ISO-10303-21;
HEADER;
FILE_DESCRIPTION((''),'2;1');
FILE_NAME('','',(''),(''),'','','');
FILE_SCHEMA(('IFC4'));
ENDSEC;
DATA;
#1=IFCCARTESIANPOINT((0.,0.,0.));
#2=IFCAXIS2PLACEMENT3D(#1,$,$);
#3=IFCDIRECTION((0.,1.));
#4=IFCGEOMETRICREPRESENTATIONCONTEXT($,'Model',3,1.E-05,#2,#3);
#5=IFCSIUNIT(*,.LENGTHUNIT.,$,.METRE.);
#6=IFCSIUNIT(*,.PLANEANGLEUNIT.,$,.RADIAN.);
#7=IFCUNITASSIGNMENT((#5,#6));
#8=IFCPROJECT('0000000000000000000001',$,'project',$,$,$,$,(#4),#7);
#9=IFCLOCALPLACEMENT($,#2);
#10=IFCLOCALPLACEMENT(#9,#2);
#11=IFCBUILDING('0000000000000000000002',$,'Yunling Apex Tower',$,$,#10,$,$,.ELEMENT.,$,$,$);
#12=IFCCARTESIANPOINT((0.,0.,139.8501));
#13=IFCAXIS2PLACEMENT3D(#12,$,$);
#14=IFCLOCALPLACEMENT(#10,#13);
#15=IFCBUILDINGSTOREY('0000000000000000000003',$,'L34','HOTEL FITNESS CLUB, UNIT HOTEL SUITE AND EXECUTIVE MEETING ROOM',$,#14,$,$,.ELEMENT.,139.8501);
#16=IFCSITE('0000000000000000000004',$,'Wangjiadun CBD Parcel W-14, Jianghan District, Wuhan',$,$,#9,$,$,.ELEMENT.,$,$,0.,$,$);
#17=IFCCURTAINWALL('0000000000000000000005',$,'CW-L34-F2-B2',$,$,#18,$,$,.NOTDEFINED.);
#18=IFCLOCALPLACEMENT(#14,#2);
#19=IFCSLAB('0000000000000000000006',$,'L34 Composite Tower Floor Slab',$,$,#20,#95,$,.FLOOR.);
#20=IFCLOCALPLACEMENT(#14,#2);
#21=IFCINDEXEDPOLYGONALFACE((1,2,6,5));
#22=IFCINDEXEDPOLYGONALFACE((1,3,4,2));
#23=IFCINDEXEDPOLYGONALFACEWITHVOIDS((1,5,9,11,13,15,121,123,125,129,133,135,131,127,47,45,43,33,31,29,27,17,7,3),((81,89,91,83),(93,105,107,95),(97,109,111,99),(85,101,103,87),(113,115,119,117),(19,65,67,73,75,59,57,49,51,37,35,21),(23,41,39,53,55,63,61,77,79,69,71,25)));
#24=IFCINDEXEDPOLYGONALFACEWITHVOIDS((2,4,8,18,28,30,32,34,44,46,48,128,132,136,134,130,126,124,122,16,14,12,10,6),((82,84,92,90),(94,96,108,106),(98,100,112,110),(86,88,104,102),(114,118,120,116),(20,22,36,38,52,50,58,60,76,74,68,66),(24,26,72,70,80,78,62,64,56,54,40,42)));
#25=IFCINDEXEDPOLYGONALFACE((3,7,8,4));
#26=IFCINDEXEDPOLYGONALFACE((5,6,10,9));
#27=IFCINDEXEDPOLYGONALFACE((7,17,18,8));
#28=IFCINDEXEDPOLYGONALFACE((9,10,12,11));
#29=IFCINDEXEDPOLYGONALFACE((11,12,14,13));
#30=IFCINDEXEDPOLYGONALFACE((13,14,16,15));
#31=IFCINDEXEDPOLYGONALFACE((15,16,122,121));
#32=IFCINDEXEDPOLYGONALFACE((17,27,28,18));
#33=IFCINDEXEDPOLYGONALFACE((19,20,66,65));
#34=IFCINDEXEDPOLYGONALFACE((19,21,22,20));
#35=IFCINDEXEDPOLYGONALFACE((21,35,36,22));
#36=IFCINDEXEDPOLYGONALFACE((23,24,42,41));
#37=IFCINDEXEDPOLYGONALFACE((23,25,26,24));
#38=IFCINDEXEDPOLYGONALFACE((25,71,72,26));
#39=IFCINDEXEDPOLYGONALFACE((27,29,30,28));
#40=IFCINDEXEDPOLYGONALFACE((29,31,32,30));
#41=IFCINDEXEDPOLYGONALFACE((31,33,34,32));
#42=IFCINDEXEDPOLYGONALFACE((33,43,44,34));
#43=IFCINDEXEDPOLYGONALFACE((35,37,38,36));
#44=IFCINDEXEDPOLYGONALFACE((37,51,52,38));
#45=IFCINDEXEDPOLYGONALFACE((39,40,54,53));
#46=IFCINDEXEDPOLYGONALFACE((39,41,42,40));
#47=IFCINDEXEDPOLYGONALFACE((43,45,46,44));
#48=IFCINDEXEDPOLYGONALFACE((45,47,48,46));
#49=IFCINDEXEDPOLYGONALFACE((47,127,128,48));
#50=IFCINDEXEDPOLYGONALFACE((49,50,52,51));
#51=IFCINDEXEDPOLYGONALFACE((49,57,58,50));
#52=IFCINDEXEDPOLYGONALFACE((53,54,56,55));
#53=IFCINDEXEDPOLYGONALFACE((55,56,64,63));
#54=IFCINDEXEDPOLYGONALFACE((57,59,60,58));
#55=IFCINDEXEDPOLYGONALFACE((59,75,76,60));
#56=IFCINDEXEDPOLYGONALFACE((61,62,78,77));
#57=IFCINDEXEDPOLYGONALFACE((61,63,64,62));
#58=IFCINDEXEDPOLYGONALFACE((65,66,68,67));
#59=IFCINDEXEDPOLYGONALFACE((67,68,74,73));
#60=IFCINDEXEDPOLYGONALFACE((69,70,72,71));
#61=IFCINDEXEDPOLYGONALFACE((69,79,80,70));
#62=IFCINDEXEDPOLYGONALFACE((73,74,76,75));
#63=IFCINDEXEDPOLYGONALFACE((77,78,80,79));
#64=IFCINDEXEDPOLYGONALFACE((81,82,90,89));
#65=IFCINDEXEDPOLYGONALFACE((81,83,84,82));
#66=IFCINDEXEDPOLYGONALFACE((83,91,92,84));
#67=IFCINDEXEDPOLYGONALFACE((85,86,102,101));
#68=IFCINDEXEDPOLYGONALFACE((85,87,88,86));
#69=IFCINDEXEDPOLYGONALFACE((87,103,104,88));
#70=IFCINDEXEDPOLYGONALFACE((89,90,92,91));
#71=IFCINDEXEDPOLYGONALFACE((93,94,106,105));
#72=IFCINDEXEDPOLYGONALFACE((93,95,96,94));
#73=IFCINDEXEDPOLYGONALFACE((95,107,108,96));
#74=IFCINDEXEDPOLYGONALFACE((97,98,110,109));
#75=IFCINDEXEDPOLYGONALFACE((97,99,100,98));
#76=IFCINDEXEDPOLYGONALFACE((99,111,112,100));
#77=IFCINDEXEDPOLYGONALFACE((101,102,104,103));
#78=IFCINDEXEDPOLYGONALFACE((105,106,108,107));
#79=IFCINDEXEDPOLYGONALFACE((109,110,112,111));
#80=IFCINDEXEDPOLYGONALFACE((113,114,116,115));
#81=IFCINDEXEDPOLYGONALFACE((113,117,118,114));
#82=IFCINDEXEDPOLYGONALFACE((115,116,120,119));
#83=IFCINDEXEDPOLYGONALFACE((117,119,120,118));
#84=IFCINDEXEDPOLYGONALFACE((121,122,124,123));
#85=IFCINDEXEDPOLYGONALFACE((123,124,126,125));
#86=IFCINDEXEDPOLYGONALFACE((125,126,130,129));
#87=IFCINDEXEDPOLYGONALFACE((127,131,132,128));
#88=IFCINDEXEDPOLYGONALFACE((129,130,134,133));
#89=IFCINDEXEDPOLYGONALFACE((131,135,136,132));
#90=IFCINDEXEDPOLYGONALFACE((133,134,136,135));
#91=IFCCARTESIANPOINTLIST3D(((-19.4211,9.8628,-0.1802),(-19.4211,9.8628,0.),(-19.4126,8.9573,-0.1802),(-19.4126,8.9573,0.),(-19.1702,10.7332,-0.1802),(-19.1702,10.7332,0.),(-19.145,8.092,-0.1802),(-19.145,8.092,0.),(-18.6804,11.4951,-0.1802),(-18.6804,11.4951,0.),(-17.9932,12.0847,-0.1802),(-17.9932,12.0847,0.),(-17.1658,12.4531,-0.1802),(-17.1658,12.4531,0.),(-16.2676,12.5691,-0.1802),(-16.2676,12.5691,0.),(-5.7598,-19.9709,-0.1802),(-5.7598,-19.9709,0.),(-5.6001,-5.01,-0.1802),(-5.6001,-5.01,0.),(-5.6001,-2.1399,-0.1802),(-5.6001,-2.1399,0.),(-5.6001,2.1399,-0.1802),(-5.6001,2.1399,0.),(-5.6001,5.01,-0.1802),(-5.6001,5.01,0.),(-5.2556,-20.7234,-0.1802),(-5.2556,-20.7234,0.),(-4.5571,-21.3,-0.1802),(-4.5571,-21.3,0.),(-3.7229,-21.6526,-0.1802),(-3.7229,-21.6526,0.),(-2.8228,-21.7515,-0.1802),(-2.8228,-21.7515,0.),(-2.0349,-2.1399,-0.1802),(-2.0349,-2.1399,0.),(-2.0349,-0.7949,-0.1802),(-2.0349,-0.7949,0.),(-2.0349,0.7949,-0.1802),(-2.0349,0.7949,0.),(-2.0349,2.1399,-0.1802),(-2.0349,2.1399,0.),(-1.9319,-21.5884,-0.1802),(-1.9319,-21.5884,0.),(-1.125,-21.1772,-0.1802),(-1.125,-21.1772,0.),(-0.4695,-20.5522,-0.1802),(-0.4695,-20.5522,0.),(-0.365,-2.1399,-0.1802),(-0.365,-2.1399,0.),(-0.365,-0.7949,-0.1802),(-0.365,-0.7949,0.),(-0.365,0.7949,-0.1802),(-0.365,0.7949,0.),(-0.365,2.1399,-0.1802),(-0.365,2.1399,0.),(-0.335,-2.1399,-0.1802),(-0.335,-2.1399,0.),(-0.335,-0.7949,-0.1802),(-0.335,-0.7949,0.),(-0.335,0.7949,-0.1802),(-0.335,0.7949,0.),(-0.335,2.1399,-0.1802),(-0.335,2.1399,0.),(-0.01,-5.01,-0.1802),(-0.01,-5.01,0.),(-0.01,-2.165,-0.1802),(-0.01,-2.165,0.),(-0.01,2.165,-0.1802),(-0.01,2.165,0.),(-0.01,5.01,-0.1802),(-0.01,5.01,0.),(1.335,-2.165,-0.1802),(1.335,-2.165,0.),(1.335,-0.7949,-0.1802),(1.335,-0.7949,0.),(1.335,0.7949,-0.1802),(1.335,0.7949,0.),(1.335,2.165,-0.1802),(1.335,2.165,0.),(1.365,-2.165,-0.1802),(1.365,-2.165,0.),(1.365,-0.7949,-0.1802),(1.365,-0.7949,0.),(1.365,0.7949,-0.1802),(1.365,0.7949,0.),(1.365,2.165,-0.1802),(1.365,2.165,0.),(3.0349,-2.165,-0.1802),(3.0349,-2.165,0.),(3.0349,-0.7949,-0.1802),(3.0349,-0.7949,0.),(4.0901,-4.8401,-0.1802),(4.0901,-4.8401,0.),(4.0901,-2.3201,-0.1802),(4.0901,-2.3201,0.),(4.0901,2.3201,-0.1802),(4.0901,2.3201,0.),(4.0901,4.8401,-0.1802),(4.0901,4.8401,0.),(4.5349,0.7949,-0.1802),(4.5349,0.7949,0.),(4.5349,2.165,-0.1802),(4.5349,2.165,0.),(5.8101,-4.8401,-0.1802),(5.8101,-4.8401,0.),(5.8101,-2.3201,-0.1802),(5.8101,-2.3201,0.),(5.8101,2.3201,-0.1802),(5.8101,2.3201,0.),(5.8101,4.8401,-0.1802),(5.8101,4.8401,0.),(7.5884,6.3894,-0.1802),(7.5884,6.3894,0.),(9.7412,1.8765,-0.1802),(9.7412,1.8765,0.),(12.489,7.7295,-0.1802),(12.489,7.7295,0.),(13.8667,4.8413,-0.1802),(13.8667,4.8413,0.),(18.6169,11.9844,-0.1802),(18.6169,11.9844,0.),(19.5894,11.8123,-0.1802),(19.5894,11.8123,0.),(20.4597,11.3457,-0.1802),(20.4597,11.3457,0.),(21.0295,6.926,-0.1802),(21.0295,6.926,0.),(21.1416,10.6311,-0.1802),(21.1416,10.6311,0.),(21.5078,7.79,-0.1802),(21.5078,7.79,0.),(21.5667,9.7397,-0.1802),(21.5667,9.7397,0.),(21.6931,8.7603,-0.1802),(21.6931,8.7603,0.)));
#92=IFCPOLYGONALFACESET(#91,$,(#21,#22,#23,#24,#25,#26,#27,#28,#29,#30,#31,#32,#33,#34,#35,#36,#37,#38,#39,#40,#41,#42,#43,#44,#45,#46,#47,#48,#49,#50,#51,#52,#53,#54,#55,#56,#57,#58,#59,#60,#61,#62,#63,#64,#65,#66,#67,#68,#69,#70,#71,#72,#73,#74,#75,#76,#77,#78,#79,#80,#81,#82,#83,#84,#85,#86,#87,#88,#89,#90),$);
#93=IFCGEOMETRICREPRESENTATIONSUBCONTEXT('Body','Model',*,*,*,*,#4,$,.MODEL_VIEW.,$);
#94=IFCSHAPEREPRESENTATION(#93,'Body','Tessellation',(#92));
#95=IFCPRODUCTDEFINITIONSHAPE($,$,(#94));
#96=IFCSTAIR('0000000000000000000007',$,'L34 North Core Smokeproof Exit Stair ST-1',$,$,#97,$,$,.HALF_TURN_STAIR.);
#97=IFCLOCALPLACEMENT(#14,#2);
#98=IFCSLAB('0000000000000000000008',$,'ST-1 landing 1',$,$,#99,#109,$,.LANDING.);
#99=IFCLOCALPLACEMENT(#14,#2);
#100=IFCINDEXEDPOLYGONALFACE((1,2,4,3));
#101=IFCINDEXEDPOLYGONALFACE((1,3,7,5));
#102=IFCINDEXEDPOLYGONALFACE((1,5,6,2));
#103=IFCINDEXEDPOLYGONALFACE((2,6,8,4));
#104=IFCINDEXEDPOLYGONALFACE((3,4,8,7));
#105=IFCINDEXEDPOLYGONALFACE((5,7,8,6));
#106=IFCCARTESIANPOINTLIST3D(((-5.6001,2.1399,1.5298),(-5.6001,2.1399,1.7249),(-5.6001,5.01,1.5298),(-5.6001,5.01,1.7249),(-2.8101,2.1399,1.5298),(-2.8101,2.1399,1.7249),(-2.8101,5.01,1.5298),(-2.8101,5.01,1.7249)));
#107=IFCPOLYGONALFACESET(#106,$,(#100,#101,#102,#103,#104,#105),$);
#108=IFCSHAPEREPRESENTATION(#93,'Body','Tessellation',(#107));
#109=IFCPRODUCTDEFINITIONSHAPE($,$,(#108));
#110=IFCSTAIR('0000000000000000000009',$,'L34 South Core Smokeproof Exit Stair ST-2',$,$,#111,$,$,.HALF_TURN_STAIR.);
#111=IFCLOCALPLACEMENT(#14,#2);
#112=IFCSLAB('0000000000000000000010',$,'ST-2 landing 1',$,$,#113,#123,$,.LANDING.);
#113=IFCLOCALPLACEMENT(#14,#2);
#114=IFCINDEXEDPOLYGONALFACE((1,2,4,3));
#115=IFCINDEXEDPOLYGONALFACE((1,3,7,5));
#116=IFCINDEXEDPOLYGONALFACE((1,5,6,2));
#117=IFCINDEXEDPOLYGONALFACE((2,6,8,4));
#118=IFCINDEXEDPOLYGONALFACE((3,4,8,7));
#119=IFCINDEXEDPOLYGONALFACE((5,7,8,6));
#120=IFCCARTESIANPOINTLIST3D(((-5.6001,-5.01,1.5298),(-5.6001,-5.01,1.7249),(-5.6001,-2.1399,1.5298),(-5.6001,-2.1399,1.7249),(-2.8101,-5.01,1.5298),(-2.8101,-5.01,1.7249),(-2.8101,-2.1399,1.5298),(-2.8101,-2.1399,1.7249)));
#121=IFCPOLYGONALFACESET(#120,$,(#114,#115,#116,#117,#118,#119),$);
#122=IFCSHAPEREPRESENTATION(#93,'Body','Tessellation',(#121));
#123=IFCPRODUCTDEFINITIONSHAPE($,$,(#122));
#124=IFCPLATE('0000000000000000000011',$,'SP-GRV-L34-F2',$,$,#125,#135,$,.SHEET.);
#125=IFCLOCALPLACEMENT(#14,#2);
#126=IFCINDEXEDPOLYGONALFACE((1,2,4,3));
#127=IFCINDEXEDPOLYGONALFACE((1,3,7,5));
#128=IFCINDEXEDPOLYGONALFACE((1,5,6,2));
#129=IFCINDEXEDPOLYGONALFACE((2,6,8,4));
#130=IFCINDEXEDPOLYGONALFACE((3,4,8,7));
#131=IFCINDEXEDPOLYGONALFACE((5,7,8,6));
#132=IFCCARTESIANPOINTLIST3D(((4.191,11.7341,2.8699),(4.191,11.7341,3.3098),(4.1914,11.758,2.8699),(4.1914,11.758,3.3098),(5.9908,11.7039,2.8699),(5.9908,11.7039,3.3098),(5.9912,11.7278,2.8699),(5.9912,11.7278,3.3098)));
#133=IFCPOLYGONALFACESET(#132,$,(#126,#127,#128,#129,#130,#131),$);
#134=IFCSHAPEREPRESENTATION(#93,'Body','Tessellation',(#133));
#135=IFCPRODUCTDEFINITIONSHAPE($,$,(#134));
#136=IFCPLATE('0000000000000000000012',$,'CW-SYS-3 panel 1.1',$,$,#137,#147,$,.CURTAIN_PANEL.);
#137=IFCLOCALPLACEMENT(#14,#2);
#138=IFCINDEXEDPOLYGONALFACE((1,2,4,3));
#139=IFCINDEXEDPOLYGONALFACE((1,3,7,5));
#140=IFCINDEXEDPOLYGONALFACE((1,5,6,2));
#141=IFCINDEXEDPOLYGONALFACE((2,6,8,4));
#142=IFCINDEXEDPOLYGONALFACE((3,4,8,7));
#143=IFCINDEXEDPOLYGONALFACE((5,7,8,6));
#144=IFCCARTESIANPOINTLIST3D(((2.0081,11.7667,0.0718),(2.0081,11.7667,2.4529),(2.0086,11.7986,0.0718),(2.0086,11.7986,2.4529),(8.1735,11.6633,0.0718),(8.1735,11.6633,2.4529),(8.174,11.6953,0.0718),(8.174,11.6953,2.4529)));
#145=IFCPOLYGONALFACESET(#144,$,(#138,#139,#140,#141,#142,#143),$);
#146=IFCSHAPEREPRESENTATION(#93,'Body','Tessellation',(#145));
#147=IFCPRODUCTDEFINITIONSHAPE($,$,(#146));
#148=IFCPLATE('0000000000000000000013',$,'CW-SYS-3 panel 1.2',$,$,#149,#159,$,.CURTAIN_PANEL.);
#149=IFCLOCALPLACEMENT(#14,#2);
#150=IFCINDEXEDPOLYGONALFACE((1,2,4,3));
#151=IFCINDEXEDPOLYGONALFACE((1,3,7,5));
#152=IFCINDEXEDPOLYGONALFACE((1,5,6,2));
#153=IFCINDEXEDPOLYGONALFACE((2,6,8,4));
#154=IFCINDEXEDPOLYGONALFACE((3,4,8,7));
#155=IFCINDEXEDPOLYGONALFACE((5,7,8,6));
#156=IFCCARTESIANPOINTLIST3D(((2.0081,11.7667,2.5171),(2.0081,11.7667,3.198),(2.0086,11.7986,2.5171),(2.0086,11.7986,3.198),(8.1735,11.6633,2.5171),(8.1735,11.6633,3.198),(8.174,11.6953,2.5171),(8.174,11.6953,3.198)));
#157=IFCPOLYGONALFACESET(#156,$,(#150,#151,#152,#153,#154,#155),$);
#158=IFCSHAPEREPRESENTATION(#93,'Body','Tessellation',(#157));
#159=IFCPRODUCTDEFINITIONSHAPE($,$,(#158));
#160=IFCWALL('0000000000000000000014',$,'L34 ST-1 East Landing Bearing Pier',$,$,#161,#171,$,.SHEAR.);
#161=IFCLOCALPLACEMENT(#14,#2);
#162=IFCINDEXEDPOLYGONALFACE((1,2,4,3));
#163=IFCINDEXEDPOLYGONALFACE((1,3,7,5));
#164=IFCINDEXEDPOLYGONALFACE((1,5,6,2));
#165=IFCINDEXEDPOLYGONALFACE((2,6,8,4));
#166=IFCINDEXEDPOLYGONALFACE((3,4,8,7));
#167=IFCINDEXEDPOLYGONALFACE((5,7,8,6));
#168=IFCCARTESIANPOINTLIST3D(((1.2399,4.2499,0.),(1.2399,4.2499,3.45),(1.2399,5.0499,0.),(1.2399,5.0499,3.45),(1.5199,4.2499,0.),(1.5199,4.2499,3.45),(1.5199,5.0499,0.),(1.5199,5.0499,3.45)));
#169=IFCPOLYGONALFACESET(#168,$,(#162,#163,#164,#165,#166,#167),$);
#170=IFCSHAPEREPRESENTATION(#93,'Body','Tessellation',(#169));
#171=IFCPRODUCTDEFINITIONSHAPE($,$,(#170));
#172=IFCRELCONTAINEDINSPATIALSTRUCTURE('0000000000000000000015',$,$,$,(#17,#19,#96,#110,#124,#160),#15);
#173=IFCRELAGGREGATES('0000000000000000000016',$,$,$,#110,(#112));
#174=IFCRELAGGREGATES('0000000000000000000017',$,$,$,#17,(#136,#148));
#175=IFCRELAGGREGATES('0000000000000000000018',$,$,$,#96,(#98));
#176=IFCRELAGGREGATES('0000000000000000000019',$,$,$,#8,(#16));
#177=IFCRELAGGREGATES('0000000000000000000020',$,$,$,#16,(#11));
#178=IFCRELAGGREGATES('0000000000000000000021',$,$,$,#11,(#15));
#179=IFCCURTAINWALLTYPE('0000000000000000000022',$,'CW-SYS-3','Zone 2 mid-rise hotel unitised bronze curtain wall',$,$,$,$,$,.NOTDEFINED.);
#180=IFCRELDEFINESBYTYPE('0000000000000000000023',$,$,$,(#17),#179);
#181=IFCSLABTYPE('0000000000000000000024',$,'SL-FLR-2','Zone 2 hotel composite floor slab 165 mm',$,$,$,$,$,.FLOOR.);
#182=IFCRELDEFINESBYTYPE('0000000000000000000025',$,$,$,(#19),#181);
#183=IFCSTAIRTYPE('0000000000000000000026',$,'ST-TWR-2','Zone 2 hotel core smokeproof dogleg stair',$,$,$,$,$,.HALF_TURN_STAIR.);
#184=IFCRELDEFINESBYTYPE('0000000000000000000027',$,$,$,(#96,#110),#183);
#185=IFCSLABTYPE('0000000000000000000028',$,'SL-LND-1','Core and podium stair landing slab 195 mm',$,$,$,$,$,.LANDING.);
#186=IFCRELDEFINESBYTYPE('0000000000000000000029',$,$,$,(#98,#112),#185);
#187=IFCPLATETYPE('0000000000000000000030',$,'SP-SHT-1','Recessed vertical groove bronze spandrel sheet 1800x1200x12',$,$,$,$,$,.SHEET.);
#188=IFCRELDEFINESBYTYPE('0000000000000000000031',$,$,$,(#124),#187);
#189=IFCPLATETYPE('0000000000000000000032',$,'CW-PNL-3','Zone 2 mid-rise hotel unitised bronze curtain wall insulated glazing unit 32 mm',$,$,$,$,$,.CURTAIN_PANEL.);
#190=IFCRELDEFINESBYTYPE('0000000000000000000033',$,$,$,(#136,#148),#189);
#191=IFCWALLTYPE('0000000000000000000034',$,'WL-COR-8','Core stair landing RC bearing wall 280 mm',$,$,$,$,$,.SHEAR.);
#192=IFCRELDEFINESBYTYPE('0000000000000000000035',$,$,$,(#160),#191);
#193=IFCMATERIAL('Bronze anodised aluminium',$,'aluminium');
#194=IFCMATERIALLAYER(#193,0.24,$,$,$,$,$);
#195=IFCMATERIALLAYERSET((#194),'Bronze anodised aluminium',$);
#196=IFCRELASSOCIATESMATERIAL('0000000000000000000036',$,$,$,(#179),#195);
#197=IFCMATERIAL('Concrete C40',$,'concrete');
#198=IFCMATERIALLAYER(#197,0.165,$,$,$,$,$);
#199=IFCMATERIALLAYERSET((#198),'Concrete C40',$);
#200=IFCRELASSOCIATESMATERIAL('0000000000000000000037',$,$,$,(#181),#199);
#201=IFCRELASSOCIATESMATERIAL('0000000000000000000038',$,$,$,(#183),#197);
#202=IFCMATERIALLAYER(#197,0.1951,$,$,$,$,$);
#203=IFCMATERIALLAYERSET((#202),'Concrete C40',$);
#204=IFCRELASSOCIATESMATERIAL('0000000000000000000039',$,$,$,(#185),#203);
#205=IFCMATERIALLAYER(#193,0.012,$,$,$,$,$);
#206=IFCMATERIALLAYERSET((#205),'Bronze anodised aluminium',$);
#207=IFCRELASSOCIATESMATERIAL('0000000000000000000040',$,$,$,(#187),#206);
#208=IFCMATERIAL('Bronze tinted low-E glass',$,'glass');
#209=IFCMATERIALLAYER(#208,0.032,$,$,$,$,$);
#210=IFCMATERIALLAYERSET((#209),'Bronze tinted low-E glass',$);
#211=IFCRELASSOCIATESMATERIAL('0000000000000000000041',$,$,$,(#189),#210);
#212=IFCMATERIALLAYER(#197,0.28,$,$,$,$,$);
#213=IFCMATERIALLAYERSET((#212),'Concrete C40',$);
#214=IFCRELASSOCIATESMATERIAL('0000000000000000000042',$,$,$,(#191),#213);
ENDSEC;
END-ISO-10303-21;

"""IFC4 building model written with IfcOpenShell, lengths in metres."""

from ifc_helpers import new_model, si_unit, direction, frame, frame_2d, origin, origin_2d, place, context, subcontext, project, spatial, polyline, rectangle, outline, extrude, source, transform, mapped, material, layer, layer_set, type_object, element, aggregate, save


model = new_model("IFC4")

# Units and contexts
model_context = context("Model", 3, precision=1e-05, world=origin(), true_north=direction((0.0, 1.0)))
body_context = subcontext(model_context, "Body", "Model", "MODEL_VIEW")
ifc_project = project(units=[si_unit("LENGTHUNIT", "METRE"), si_unit("PLANEANGLEUNIT", "RADIAN")], contexts=[model_context])

# Site, building, storey
site_placement = place(None, origin())
site = spatial("IfcSite", under=ifc_project, at=site_placement, Name="Wangjiadun CBD Parcel W-14, Jianghan District, Wuhan", CompositionType="ELEMENT", RefElevation=0.0)
building_placement = place(site_placement, origin())
building = spatial("IfcBuilding", under=site, at=building_placement, Name="Yunling Apex Tower", CompositionType="ELEMENT")
storey_placement = place(building_placement, frame((0.0, 0.0, 139.8501)))
storey = spatial("IfcBuildingStorey", under=building, at=storey_placement, Name="L34", Description="HOTEL FITNESS CLUB, UNIT HOTEL SUITE AND EXECUTIVE MEETING ROOM", CompositionType="ELEMENT", Elevation=139.8501)

# Shared definitions
ifc_material_1 = material(Name="Bronze anodised aluminium", Category="aluminium")
ifc_layer_1 = layer(ifc_material_1, 0.24)
ifc_layer_set_1 = layer_set([ifc_layer_1], Name="Bronze anodised aluminium")
curtain_wall_type = type_object("IfcCurtainWallType", Name="CW-SYS-3", Description="Zone 2 mid-rise hotel unitised bronze curtain wall", PredefinedType="NOTDEFINED", material=ifc_layer_set_1)

# Curtain wall
curtain_wall_1_placement = place(storey_placement, origin())
curtain_wall_1 = element("IfcCurtainWall", 1, at=curtain_wall_1_placement, inside=storey, type_object=curtain_wall_type, Name="CW-L34-F2-B2", PredefinedType="NOTDEFINED")

# Slab
ifc_material_2 = material(Name="Concrete C40", Category="concrete")
ifc_layer_2 = layer(ifc_material_2, 0.165)
ifc_layer_set_2 = layer_set([ifc_layer_2], Name="Concrete C40")
slab_type_1 = type_object("IfcSlabType", Name="SL-FLR-2", Description="Zone 2 hotel composite floor slab 165 mm", PredefinedType="FLOOR", material=ifc_layer_set_2)
slab_1_placement = place(storey_placement, frame((0.0, 0.0, -0.1802)))
element("IfcSlab", 2, at=slab_1_placement, inside=storey, type_object=slab_type_1, Name="L34 Composite Tower Floor Slab", PredefinedType="FLOOR", context=body_context, shape_type="SweptSolid", body=[
    extrude(outline(polyline([(-5.7598, -19.9709), (-5.2556, -20.7234), (-4.5571, -21.3), (-3.7229, -21.6526), (-2.8228, -21.7515), (-1.9319, -21.5884), (-1.125, -21.1772), (-0.4695, -20.5522), (21.0295, 6.926), (21.5078, 7.79), (21.6931, 8.7603), (21.5667, 9.7397), (21.1416, 10.6311), (20.4597, 11.3457), (19.5894, 11.8123), (18.6169, 11.9844), (-16.2676, 12.5691), (-17.1658, 12.4531), (-17.9932, 12.0847), (-18.6804, 11.4951), (-19.1702, 10.7332), (-19.4211, 9.8628), (-19.4126, 8.9573), (-19.145, 8.092), (-5.7598, -19.9709)]), holes=[polyline([(12.489, 7.7295), (13.8667, 4.8413), (9.7412, 1.8765), (7.5884, 6.3894), (12.489, 7.7295)]), polyline([(4.0901, -2.3201), (5.8101, -2.3201), (5.8101, -4.8401), (4.0901, -4.8401), (4.0901, -2.3201)]), polyline([(5.8101, 4.8401), (5.8101, 2.3201), (4.0901, 2.3201), (4.0901, 4.8401), (5.8101, 4.8401)]), polyline([(1.365, 2.165), (4.5349, 2.165), (4.5349, 0.7949), (1.365, 0.7949), (1.365, 2.165)]), polyline([(3.0349, -0.7949), (3.0349, -2.165), (1.365, -2.165), (1.365, -0.7949), (3.0349, -0.7949)]), polyline([(-2.0349, -0.7949), (-0.365, -0.7949), (-0.365, -2.1399), (-0.335, -2.1399), (-0.335, -0.7949), (1.335, -0.7949), (1.335, -2.165), (-0.01, -2.165), (-0.01, -5.01), (-5.6001, -5.01), (-5.6001, -2.1399), (-2.0349, -2.1399), (-2.0349, -0.7949)]), polyline([(-5.6001, 2.1399), (-5.6001, 5.01), (-0.01, 5.01), (-0.01, 2.165), (1.335, 2.165), (1.335, 0.7949), (-0.335, 0.7949), (-0.335, 2.1399), (-0.365, 2.1399), (-0.365, 0.7949), (-2.0349, 0.7949), (-2.0349, 2.1399), (-5.6001, 2.1399)])]), origin(), (0.0, 0.0, 1.0), 0.1802),
])

# Stairs, slabs
stair_type = type_object("IfcStairType", Name="ST-TWR-2", Description="Zone 2 hotel core smokeproof dogleg stair", PredefinedType="HALF_TURN_STAIR", material=ifc_material_2)
stair_1_placement = place(storey_placement, origin())
stair_1 = element("IfcStair", 3, at=stair_1_placement, inside=storey, type_object=stair_type, Name="L34 North Core Smokeproof Exit Stair ST-1", PredefinedType="HALF_TURN_STAIR")
ifc_layer_3 = layer(ifc_material_2, 0.1951)
ifc_layer_set_3 = layer_set([ifc_layer_3], Name="Concrete C40")
slab_type_2 = type_object("IfcSlabType", Name="SL-LND-1", Description="Core and podium stair landing slab 195 mm", PredefinedType="LANDING", material=ifc_layer_set_3)
slab_2_placement = place(storey_placement, frame((0.0, 0.0, 1.5298)))
slab_2 = element("IfcSlab", 4, at=slab_2_placement, type_object=slab_type_2, Name="ST-1 landing 1", PredefinedType="LANDING", context=body_context, shape_type="SweptSolid", body=[
    extrude(outline(polyline([(-2.8101, 5.01), (-5.6001, 5.01), (-5.6001, 2.1399), (-2.8101, 2.1399), (-2.8101, 5.01)])), origin(), (0.0, 0.0, 1.0), 0.1951),
])
stair_2_placement = place(storey_placement, origin())
stair_2 = element("IfcStair", 5, at=stair_2_placement, inside=storey, type_object=stair_type, Name="L34 South Core Smokeproof Exit Stair ST-2", PredefinedType="HALF_TURN_STAIR")
slab_3_placement = place(storey_placement, frame((0.0, 0.0, 1.5298)))
slab_3 = element("IfcSlab", 6, at=slab_3_placement, type_object=slab_type_2, Name="ST-2 landing 1", PredefinedType="LANDING", context=body_context, shape_type="SweptSolid", body=[
    extrude(outline(polyline([(-2.8101, -2.1399), (-5.6001, -2.1399), (-5.6001, -5.01), (-2.8101, -5.01), (-2.8101, -2.1399)])), origin(), (0.0, 0.0, 1.0), 0.1951),
])
aggregate(stair_2, [slab_3])

# Plates
ifc_layer_4 = layer(ifc_material_1, 0.012)
ifc_layer_set_4 = layer_set([ifc_layer_4], Name="Bronze anodised aluminium")
plate_type_1 = type_object("IfcPlateType", Name="SP-SHT-1", Description="Recessed vertical groove bronze spandrel sheet 1800x1200x12", PredefinedType="SHEET", material=ifc_layer_set_4)
shared_shape_1 = source(origin(), body_context, "Body", "SweptSolid", [
    extrude(rectangle(XDim=1.8, YDim=0.0239, at=origin_2d()), origin(), (0.0, 0.0, 1.0), 0.4399),
])
plate_1_placement = place(storey_placement, frame((5.0911, 11.731, 2.8699), z_axis=(0.0, 0.0, 1.0), x_axis=(-0.99986, 0.016754, 0.0)))
element("IfcPlate", 7, at=plate_1_placement, inside=storey, type_object=plate_type_1, Name="SP-GRV-L34-F2", PredefinedType="SHEET", context=body_context, shape_type="MappedRepresentation", body=[
    mapped(shared_shape_1, transform((0.0, 0.0, 0.0), scale=1.0)),
])
ifc_material_3 = material(Name="Bronze tinted low-E glass", Category="glass")
ifc_layer_5 = layer(ifc_material_3, 0.032)
ifc_layer_set_5 = layer_set([ifc_layer_5], Name="Bronze tinted low-E glass")
plate_type_2 = type_object("IfcPlateType", Name="CW-PNL-3", Description="Zone 2 mid-rise hotel unitised bronze curtain wall insulated glazing unit 32 mm", PredefinedType="CURTAIN_PANEL", material=ifc_layer_set_5)
shared_shape_2 = source(origin(), body_context, "Body", "SweptSolid", [
    extrude(rectangle(XDim=6.1663, YDim=0.032, at=origin_2d()), origin(), (0.0, 0.0, 1.0), 2.3811),
])
plate_2_placement = place(storey_placement, frame((5.0911, 11.731, 0.0718), z_axis=(0.0, 0.0, 1.0), x_axis=(-0.999859, 0.016767, 0.0)))
plate_2 = element("IfcPlate", 8, at=plate_2_placement, type_object=plate_type_2, Name="CW-SYS-3 panel 1.1", PredefinedType="CURTAIN_PANEL", context=body_context, shape_type="MappedRepresentation", body=[
    mapped(shared_shape_2, transform((0.0, 0.0, 0.0), scale=1.0)),
])
shared_shape_3 = source(origin(), body_context, "Body", "SweptSolid", [
    extrude(rectangle(XDim=6.1663, YDim=0.032, at=origin_2d()), origin(), (0.0, 0.0, 1.0), 0.6809),
])
plate_3_placement = place(storey_placement, frame((5.0911, 11.731, 2.5171), z_axis=(0.0, 0.0, 1.0), x_axis=(-0.999859, 0.016767, 0.0)))
plate_3 = element("IfcPlate", 9, at=plate_3_placement, type_object=plate_type_2, Name="CW-SYS-3 panel 1.2", PredefinedType="CURTAIN_PANEL", context=body_context, shape_type="MappedRepresentation", body=[
    mapped(shared_shape_3, transform((0.0, 0.0, 0.0), scale=1.0)),
])
aggregate(curtain_wall_1, [plate_2, plate_3])

# Wall
ifc_layer_6 = layer(ifc_material_2, 0.28)
ifc_layer_set_6 = layer_set([ifc_layer_6], Name="Concrete C40")
wall_type_1 = type_object("IfcWallType", Name="WL-COR-8", Description="Core stair landing RC bearing wall 280 mm", PredefinedType="SHEAR", material=ifc_layer_set_6)
wall_1_placement = place(storey_placement, frame((1.3799, 4.25, 0.0), z_axis=(0.0, 0.0, 1.0), x_axis=(0.0, 1.0, 0.0)))
element("IfcWall", 10, at=wall_1_placement, inside=storey, type_object=wall_type_1, Name="L34 ST-1 East Landing Bearing Pier", PredefinedType="SHEAR", context=body_context, shape_type="SweptSolid", body=[
    extrude(rectangle(XDim=0.8, YDim=0.28, at=frame_2d((0.3999, 0.0))), origin(), (0.0, 0.0, 1.0), 3.45),
])

aggregate(stair_1, [slab_2])

save(model, "model.ifc")
